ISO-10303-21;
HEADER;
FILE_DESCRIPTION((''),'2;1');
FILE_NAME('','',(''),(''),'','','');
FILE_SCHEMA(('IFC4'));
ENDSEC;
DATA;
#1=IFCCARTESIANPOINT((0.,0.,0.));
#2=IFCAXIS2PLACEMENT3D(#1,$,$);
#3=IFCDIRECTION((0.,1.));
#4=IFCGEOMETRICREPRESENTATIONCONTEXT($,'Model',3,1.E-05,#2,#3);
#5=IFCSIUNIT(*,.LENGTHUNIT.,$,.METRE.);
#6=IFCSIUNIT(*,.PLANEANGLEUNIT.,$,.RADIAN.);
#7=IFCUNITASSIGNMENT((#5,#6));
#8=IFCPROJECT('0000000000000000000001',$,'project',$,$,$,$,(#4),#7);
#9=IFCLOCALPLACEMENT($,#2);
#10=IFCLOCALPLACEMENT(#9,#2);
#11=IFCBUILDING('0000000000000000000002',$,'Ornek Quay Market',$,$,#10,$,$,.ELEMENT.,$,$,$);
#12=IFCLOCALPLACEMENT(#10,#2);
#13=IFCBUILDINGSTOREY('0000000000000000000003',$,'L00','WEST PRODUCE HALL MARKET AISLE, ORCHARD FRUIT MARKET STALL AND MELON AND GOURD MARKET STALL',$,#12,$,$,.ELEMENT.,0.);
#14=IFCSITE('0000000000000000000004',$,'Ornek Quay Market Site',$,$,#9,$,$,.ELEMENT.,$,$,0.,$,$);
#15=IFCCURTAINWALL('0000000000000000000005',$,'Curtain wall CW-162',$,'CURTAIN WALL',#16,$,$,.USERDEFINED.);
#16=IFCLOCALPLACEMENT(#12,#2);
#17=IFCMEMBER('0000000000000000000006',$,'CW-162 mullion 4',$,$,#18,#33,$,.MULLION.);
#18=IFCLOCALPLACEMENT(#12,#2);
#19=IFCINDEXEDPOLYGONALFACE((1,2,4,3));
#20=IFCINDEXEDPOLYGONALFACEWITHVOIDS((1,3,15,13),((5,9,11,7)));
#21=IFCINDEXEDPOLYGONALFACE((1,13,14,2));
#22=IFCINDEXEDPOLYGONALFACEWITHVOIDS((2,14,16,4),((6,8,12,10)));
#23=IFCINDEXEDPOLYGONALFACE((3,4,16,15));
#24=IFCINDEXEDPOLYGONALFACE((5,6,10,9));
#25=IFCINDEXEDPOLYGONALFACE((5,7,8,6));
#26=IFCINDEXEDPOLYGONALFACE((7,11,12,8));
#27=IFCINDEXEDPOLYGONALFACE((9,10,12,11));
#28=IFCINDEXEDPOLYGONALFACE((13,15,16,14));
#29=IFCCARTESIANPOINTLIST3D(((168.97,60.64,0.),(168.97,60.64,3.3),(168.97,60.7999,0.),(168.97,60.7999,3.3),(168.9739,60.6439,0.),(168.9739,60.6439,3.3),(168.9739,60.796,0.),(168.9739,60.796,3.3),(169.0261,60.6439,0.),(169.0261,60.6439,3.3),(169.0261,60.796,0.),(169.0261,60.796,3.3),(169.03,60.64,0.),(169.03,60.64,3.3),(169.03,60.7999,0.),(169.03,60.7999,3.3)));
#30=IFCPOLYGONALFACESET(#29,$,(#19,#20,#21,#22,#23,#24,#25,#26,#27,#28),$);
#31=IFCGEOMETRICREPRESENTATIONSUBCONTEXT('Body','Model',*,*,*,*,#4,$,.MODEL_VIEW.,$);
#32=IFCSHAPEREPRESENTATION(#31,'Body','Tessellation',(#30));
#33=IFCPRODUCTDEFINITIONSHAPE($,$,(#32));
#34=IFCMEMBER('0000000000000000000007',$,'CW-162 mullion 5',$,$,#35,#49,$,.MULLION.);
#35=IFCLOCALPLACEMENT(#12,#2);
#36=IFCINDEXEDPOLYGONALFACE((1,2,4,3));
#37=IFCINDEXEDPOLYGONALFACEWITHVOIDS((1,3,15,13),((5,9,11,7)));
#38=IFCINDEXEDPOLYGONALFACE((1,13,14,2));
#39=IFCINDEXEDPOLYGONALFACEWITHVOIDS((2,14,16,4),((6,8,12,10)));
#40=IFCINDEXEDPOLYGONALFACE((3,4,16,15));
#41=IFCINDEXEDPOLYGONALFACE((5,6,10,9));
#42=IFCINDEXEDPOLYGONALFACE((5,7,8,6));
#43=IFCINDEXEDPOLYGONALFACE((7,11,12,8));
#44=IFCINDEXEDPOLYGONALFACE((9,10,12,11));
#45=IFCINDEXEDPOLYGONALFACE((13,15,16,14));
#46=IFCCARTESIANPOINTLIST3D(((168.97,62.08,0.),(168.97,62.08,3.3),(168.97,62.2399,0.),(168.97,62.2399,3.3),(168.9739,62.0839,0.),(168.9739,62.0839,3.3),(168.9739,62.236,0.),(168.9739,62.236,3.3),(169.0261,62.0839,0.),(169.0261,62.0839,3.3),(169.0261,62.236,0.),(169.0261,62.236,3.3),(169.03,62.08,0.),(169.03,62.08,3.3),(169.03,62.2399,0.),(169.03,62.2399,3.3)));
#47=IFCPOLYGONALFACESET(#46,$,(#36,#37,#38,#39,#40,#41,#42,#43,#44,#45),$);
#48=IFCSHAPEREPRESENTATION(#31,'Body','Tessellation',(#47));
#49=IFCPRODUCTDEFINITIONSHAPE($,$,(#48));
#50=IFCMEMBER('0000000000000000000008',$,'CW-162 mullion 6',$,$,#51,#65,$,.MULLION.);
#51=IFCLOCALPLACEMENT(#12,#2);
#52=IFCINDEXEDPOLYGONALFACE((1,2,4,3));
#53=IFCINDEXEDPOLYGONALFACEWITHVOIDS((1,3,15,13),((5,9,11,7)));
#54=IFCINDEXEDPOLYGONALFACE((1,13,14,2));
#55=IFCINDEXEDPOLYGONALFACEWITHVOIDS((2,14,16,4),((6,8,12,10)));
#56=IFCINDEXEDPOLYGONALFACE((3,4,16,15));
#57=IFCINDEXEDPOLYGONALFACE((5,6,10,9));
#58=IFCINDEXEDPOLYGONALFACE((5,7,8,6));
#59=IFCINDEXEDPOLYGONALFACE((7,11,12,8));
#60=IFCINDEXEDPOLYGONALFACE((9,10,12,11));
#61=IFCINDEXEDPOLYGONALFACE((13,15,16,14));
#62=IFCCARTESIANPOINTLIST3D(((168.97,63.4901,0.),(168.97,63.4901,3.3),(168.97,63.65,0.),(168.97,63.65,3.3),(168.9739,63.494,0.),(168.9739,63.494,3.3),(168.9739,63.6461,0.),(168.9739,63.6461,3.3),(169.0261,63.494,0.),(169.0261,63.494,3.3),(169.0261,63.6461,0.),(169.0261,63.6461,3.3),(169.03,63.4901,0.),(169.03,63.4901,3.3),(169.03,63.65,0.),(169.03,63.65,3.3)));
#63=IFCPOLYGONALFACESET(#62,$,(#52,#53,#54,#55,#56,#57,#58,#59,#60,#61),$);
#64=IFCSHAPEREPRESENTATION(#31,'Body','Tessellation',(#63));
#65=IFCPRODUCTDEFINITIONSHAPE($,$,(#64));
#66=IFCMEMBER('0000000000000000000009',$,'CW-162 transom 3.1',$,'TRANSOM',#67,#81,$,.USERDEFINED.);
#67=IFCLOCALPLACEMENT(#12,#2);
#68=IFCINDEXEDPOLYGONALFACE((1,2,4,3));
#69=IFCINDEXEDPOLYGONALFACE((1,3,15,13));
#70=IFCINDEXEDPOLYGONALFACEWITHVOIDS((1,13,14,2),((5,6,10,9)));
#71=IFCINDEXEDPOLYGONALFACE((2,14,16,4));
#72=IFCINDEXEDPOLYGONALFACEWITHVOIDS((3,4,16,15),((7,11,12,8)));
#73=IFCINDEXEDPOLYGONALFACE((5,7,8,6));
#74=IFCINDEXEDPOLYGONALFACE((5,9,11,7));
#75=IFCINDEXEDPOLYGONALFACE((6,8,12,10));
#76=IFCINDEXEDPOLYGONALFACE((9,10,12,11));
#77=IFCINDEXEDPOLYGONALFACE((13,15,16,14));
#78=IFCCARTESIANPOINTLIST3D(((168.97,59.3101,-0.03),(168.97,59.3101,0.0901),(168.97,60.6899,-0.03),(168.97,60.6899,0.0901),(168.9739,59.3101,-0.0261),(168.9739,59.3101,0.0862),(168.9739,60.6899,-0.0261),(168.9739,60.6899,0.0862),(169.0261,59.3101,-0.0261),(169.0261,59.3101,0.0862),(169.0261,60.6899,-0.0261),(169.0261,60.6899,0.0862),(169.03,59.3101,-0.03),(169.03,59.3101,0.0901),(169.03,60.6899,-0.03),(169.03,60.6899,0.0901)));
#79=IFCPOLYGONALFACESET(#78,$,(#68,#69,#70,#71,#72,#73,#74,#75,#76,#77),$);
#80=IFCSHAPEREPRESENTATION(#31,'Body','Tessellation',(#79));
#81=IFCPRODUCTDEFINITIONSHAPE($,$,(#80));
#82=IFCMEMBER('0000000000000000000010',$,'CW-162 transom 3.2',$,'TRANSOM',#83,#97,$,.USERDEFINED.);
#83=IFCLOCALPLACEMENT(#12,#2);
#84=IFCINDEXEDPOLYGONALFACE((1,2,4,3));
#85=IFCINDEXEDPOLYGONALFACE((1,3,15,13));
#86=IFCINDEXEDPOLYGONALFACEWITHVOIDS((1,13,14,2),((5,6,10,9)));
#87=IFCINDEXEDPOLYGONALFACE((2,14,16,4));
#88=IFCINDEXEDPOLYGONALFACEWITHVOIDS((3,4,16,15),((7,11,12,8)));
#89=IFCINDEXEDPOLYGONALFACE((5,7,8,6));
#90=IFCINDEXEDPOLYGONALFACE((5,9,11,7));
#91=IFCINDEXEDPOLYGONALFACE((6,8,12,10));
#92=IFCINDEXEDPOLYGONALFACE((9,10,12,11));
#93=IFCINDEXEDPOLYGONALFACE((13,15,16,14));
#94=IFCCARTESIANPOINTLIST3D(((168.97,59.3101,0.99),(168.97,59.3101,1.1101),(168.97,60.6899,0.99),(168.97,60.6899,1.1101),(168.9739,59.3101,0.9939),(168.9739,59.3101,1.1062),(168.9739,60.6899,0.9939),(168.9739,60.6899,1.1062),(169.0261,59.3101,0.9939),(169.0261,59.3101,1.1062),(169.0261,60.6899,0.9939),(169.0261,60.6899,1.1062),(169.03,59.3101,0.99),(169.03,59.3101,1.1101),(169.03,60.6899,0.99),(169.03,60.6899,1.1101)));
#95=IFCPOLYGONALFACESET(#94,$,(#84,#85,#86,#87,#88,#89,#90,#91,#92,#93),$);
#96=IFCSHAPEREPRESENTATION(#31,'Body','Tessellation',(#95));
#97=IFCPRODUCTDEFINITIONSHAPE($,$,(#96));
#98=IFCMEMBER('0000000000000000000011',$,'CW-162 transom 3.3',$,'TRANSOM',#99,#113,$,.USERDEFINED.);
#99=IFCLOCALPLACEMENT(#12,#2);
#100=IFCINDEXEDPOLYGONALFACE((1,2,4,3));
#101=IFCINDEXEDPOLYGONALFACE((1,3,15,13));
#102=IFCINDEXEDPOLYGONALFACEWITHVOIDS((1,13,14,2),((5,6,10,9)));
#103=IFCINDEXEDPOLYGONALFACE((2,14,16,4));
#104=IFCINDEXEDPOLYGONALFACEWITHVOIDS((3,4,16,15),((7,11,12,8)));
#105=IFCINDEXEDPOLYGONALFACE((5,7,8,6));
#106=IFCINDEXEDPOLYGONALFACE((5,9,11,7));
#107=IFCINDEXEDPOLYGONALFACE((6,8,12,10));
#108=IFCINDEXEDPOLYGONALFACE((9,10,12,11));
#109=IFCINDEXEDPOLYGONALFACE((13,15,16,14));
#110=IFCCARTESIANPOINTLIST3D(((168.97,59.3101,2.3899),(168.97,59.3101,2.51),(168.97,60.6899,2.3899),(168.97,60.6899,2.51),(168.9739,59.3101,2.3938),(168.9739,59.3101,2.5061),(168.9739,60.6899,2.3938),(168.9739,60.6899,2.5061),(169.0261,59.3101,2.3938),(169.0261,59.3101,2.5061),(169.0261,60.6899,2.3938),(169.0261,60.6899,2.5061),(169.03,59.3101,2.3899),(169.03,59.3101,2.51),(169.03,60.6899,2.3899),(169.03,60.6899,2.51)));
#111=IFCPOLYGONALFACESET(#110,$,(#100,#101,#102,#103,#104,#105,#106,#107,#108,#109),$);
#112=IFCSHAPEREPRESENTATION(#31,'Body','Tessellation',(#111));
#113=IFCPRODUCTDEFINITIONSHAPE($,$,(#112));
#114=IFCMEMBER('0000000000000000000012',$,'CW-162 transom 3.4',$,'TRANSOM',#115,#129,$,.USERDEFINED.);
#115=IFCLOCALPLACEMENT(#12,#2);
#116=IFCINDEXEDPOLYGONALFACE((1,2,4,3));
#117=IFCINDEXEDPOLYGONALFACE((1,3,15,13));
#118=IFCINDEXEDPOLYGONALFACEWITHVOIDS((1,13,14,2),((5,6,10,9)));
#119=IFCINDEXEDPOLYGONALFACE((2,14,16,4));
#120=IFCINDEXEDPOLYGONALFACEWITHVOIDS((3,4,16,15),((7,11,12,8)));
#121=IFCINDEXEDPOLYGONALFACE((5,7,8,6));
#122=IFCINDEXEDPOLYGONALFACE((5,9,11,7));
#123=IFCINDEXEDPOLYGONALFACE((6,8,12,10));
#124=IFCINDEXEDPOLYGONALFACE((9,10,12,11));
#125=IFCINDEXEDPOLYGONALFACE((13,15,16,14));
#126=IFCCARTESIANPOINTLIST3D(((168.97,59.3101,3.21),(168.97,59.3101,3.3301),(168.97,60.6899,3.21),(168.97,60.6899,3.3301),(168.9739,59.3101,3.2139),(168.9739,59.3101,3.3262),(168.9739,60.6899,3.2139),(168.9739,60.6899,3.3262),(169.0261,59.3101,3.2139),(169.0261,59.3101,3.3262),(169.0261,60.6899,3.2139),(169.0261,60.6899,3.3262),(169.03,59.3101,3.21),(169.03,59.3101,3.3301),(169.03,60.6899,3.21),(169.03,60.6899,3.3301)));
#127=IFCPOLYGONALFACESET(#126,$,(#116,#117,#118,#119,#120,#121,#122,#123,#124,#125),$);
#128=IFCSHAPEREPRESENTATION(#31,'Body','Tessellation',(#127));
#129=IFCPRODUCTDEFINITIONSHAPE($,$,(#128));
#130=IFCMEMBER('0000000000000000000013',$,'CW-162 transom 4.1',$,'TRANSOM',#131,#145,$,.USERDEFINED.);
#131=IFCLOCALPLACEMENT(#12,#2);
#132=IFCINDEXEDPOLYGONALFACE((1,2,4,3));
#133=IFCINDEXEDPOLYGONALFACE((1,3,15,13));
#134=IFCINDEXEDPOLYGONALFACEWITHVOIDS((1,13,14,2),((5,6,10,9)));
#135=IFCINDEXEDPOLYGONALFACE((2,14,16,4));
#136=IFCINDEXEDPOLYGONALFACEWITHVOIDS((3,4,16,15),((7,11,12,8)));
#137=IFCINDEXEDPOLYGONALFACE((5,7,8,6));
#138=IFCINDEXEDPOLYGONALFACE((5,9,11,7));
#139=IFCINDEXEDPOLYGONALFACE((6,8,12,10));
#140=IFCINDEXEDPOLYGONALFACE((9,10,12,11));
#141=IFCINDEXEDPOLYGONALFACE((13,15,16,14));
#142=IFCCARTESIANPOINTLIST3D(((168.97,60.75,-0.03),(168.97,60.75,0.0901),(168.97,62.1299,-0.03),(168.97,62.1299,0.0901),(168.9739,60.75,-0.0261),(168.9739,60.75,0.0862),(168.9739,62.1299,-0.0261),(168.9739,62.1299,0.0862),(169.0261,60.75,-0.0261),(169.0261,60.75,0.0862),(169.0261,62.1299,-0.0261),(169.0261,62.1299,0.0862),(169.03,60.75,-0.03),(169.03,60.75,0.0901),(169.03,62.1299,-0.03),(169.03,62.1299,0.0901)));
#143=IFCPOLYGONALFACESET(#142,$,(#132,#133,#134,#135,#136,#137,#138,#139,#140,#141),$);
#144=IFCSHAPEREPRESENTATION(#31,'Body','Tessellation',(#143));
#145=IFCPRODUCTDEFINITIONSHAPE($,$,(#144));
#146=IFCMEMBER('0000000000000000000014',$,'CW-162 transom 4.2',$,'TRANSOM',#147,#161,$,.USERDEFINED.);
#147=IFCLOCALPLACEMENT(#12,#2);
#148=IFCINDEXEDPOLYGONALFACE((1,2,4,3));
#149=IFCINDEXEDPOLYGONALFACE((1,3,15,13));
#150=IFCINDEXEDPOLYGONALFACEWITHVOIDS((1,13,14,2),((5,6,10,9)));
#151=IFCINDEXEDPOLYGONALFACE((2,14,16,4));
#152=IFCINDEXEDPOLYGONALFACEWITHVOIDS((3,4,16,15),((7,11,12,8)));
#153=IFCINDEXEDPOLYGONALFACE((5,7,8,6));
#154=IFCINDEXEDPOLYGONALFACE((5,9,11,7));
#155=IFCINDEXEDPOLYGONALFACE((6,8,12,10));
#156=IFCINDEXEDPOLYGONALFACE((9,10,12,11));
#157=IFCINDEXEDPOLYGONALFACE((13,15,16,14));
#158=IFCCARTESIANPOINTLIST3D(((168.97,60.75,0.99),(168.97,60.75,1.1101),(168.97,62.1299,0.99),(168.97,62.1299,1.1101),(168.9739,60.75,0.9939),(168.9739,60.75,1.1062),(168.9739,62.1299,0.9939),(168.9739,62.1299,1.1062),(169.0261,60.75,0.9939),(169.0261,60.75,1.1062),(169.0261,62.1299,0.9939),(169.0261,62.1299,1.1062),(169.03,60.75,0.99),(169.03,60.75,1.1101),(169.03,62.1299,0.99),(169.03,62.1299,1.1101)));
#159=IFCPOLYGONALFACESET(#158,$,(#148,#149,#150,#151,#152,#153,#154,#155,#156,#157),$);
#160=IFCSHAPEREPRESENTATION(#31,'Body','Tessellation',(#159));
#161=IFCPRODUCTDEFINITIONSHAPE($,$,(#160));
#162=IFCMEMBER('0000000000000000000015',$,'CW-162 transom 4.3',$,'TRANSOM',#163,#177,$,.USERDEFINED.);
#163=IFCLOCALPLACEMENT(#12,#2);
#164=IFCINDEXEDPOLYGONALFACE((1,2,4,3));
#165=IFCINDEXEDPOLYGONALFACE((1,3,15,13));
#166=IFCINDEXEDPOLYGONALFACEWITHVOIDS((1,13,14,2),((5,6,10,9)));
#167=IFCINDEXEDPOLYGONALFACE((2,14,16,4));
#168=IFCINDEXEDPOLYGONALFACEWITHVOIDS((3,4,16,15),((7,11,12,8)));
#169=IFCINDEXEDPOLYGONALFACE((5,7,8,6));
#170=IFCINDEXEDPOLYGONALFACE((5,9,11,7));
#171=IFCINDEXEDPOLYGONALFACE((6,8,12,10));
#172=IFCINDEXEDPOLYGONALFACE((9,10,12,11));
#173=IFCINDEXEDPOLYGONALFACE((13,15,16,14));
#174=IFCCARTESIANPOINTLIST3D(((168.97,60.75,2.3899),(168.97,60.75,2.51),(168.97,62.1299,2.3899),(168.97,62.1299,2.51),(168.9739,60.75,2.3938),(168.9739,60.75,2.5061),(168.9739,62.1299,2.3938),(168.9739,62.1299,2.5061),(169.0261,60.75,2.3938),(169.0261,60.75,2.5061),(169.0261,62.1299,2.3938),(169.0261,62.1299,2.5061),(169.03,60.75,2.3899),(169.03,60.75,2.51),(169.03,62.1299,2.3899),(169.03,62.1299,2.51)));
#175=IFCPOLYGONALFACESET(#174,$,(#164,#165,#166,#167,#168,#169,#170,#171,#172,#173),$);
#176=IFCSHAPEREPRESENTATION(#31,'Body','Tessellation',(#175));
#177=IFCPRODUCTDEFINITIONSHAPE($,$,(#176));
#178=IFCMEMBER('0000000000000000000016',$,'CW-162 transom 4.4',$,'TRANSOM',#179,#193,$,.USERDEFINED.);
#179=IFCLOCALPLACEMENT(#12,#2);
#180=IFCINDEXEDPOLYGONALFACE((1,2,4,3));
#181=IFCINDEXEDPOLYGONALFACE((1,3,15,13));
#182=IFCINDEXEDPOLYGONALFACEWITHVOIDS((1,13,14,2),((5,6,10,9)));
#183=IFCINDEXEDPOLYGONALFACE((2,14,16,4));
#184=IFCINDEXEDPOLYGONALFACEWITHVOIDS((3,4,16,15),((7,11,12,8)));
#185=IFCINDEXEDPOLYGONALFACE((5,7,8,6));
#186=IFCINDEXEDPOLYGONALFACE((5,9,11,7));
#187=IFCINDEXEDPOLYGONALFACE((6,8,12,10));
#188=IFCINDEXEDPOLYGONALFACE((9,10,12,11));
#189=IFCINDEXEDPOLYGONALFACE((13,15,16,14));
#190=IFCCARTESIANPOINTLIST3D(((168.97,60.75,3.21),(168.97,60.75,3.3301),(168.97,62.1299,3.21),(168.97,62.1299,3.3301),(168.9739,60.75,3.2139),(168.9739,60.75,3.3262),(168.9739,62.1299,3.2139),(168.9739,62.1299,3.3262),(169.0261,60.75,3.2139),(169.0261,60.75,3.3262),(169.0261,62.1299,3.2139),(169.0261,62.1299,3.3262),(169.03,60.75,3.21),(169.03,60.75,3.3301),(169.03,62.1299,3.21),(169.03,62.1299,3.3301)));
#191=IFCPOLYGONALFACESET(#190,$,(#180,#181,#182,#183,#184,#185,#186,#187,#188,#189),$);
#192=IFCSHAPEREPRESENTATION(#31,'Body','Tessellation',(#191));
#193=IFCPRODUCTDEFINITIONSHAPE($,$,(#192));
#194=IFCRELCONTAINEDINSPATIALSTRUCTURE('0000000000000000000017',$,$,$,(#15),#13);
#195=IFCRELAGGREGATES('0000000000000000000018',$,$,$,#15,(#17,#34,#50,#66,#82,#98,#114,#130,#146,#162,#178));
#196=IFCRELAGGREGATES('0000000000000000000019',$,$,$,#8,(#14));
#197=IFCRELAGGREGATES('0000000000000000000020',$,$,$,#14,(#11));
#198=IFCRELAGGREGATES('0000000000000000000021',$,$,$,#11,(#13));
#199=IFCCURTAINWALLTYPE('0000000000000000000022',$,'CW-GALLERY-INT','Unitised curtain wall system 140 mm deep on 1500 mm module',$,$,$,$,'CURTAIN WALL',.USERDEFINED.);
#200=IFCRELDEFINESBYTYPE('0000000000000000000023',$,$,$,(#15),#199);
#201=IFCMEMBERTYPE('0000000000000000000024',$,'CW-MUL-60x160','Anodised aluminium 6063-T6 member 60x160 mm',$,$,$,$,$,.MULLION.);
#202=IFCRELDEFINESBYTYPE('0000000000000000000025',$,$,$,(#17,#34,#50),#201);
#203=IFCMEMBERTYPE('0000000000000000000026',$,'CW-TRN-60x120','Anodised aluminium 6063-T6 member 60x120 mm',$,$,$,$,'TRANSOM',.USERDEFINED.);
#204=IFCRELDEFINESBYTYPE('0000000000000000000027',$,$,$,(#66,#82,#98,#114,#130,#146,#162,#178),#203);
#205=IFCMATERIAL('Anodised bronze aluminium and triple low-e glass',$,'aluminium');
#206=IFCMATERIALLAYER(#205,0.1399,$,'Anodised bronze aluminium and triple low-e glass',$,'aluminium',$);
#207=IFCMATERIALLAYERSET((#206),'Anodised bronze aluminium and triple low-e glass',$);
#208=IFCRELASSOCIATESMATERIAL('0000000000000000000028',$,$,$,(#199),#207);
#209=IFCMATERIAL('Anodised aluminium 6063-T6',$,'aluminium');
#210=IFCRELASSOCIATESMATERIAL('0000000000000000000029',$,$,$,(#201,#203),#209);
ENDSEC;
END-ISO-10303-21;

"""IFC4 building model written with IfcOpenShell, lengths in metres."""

from ifc_helpers import new_model, si_unit, direction, frame, origin, origin_2d, place, context, subcontext, project, spatial, hollow_rectangle, extrude, material, layer, layer_set, material_profile, profile_set, type_object, element, aggregate, save


model = new_model("IFC4")

# Units and contexts
model_context = context("Model", 3, precision=1e-05, world=origin(), true_north=direction((0.0, 1.0)))
body_context = subcontext(model_context, "Body", "Model", "MODEL_VIEW")
ifc_project = project(units=[si_unit("LENGTHUNIT", "METRE"), si_unit("PLANEANGLEUNIT", "RADIAN")], contexts=[model_context])

# Site, building, storey
site_placement = place(None, origin())
site = spatial("IfcSite", under=ifc_project, at=site_placement, Name="Ornek Quay Market Site", CompositionType="ELEMENT", RefElevation=0.0)
building_placement = place(site_placement, origin())
building = spatial("IfcBuilding", under=site, at=building_placement, Name="Ornek Quay Market", CompositionType="ELEMENT")
storey_placement = place(building_placement, origin())
storey = spatial("IfcBuildingStorey", under=building, at=storey_placement, Name="L00", Description="WEST PRODUCE HALL MARKET AISLE, ORCHARD FRUIT MARKET STALL AND MELON AND GOURD MARKET STALL", CompositionType="ELEMENT", Elevation=0.0)

# Curtain wall, members
ifc_material_1 = material(Name="Anodised bronze aluminium and triple low-e glass", Category="aluminium")
ifc_layer_1 = layer(ifc_material_1, 0.1399, Name="Anodised bronze aluminium and triple low-e glass", Category="aluminium")
ifc_layer_set_1 = layer_set([ifc_layer_1], Name="Anodised bronze aluminium and triple low-e glass")
curtain_wall_type = type_object("IfcCurtainWallType", Name="CW-GALLERY-INT", Description="Unitised curtain wall system 140 mm deep on 1500 mm module", ElementType="CURTAIN WALL", PredefinedType="USERDEFINED", material=ifc_layer_set_1)
curtain_wall_placement = place(storey_placement, origin())
curtain_wall = element("IfcCurtainWall", 1, at=curtain_wall_placement, inside=storey, type_object=curtain_wall_type, Name="Curtain wall CW-162", ObjectType="CURTAIN WALL", PredefinedType="USERDEFINED")
ifc_material_2 = material(Name="Anodised aluminium 6063-T6", Category="aluminium")
ifc_material_profile_1 = material_profile(ifc_material_2, hollow_rectangle(XDim=0.0601, YDim=0.1599, WallThickness=0.0039, at=origin_2d()), Name="CW-MUL-60x160", Category="aluminium")
ifc_profile_set_1 = profile_set([ifc_material_profile_1], Name="Anodised aluminium 6063-T6")
member_type_1 = type_object("IfcMemberType", Name="CW-MUL-60x160", Description="Anodised aluminium 6063-T6 member 60x160 mm", PredefinedType="MULLION", material=ifc_profile_set_1)
member_1_placement = place(storey_placement, frame((169.0, 60.72, 0.0), z_axis=(0.0, 0.0, 1.0), x_axis=(-1.0, 0.0, 0.0)))
member_1 = element("IfcMember", 2, at=member_1_placement, type_object=member_type_1, Name="CW-162 mullion 4", PredefinedType="MULLION", context=body_context, shape_type="SweptSolid", body=[
    extrude(hollow_rectangle(XDim=0.0601, YDim=0.1599, WallThickness=0.0039, at=origin_2d()), origin(), (0.0, 0.0, 1.0), 3.3),
])
member_2_placement = place(storey_placement, frame((169.0, 62.1599, 0.0), z_axis=(0.0, 0.0, 1.0), x_axis=(-1.0, 0.0, 0.0)))
member_2 = element("IfcMember", 3, at=member_2_placement, type_object=member_type_1, Name="CW-162 mullion 5", PredefinedType="MULLION", context=body_context, shape_type="SweptSolid", body=[
    extrude(hollow_rectangle(XDim=0.0601, YDim=0.1599, WallThickness=0.0039, at=origin_2d()), origin(), (0.0, 0.0, 1.0), 3.3),
])
member_3_placement = place(storey_placement, frame((169.0, 63.5701, 0.0), z_axis=(0.0, 0.0, 1.0), x_axis=(-1.0, 0.0, 0.0)))
member_3 = element("IfcMember", 4, at=member_3_placement, type_object=member_type_1, Name="CW-162 mullion 6", PredefinedType="MULLION", context=body_context, shape_type="SweptSolid", body=[
    extrude(hollow_rectangle(XDim=0.0601, YDim=0.1599, WallThickness=0.0039, at=origin_2d()), origin(), (0.0, 0.0, 1.0), 3.3),
])
ifc_material_profile_2 = material_profile(ifc_material_2, hollow_rectangle(XDim=0.0601, YDim=0.1201, WallThickness=0.0039, at=origin_2d()), Name="CW-TRN-60x120", Category="aluminium")
ifc_profile_set_2 = profile_set([ifc_material_profile_2], Name="Anodised aluminium 6063-T6")
member_type_2 = type_object("IfcMemberType", Name="CW-TRN-60x120", Description="Anodised aluminium 6063-T6 member 60x120 mm", ElementType="TRANSOM", PredefinedType="USERDEFINED", material=ifc_profile_set_2)
member_4_placement = place(storey_placement, frame((169.0, 59.3101, 0.03), z_axis=(0.0, 1.0, 0.0), x_axis=(-1.0, 0.0, 0.0)))
member_4 = element("IfcMember", 5, at=member_4_placement, type_object=member_type_2, Name="CW-162 transom 3.1", ObjectType="TRANSOM", PredefinedType="USERDEFINED", context=body_context, shape_type="SweptSolid", body=[
    extrude(hollow_rectangle(XDim=0.0601, YDim=0.1201, WallThickness=0.0039, at=origin_2d()), origin(), (0.0, 0.0, 1.0), 1.3799),
])
member_5_placement = place(storey_placement, frame((169.0, 59.3101, 1.05), z_axis=(0.0, 1.0, 0.0), x_axis=(-1.0, 0.0, 0.0)))
member_5 = element("IfcMember", 6, at=member_5_placement, type_object=member_type_2, Name="CW-162 transom 3.2", ObjectType="TRANSOM", PredefinedType="USERDEFINED", context=body_context, shape_type="SweptSolid", body=[
    extrude(hollow_rectangle(XDim=0.0601, YDim=0.1201, WallThickness=0.0039, at=origin_2d()), origin(), (0.0, 0.0, 1.0), 1.3799),
])
member_6_placement = place(storey_placement, frame((169.0, 59.3101, 2.45), z_axis=(0.0, 1.0, 0.0), x_axis=(-1.0, 0.0, 0.0)))
member_6 = element("IfcMember", 7, at=member_6_placement, type_object=member_type_2, Name="CW-162 transom 3.3", ObjectType="TRANSOM", PredefinedType="USERDEFINED", context=body_context, shape_type="SweptSolid", body=[
    extrude(hollow_rectangle(XDim=0.0601, YDim=0.1201, WallThickness=0.0039, at=origin_2d()), origin(), (0.0, 0.0, 1.0), 1.3799),
])
member_7_placement = place(storey_placement, frame((169.0, 59.3101, 3.27), z_axis=(0.0, 1.0, 0.0), x_axis=(-1.0, 0.0, 0.0)))
member_7 = element("IfcMember", 8, at=member_7_placement, type_object=member_type_2, Name="CW-162 transom 3.4", ObjectType="TRANSOM", PredefinedType="USERDEFINED", context=body_context, shape_type="SweptSolid", body=[
    extrude(hollow_rectangle(XDim=0.0601, YDim=0.1201, WallThickness=0.0039, at=origin_2d()), origin(), (0.0, 0.0, 1.0), 1.3799),
])
member_8_placement = place(storey_placement, frame((169.0, 60.75, 0.03), z_axis=(0.0, 1.0, 0.0), x_axis=(-1.0, 0.0, 0.0)))
member_8 = element("IfcMember", 9, at=member_8_placement, type_object=member_type_2, Name="CW-162 transom 4.1", ObjectType="TRANSOM", PredefinedType="USERDEFINED", context=body_context, shape_type="SweptSolid", body=[
    extrude(hollow_rectangle(XDim=0.0601, YDim=0.1201, WallThickness=0.0039, at=origin_2d()), origin(), (0.0, 0.0, 1.0), 1.3799),
])
member_9_placement = place(storey_placement, frame((169.0, 60.75, 1.05), z_axis=(0.0, 1.0, 0.0), x_axis=(-1.0, 0.0, 0.0)))
member_9 = element("IfcMember", 10, at=member_9_placement, type_object=member_type_2, Name="CW-162 transom 4.2", ObjectType="TRANSOM", PredefinedType="USERDEFINED", context=body_context, shape_type="SweptSolid", body=[
    extrude(hollow_rectangle(XDim=0.0601, YDim=0.1201, WallThickness=0.0039, at=origin_2d()), origin(), (0.0, 0.0, 1.0), 1.3799),
])
member_10_placement = place(storey_placement, frame((169.0, 60.75, 2.45), z_axis=(0.0, 1.0, 0.0), x_axis=(-1.0, 0.0, 0.0)))
member_10 = element("IfcMember", 11, at=member_10_placement, type_object=member_type_2, Name="CW-162 transom 4.3", ObjectType="TRANSOM", PredefinedType="USERDEFINED", context=body_context, shape_type="SweptSolid", body=[
    extrude(hollow_rectangle(XDim=0.0601, YDim=0.1201, WallThickness=0.0039, at=origin_2d()), origin(), (0.0, 0.0, 1.0), 1.3799),
])
member_11_placement = place(storey_placement, frame((169.0, 60.75, 3.27), z_axis=(0.0, 1.0, 0.0), x_axis=(-1.0, 0.0, 0.0)))
member_11 = element("IfcMember", 12, at=member_11_placement, type_object=member_type_2, Name="CW-162 transom 4.4", ObjectType="TRANSOM", PredefinedType="USERDEFINED", context=body_context, shape_type="SweptSolid", body=[
    extrude(hollow_rectangle(XDim=0.0601, YDim=0.1201, WallThickness=0.0039, at=origin_2d()), origin(), (0.0, 0.0, 1.0), 1.3799),
])
aggregate(curtain_wall, [member_1, member_2, member_3, member_4, member_5, member_6, member_7, member_8, member_9, member_10, member_11])

save(model, "model.ifc")
